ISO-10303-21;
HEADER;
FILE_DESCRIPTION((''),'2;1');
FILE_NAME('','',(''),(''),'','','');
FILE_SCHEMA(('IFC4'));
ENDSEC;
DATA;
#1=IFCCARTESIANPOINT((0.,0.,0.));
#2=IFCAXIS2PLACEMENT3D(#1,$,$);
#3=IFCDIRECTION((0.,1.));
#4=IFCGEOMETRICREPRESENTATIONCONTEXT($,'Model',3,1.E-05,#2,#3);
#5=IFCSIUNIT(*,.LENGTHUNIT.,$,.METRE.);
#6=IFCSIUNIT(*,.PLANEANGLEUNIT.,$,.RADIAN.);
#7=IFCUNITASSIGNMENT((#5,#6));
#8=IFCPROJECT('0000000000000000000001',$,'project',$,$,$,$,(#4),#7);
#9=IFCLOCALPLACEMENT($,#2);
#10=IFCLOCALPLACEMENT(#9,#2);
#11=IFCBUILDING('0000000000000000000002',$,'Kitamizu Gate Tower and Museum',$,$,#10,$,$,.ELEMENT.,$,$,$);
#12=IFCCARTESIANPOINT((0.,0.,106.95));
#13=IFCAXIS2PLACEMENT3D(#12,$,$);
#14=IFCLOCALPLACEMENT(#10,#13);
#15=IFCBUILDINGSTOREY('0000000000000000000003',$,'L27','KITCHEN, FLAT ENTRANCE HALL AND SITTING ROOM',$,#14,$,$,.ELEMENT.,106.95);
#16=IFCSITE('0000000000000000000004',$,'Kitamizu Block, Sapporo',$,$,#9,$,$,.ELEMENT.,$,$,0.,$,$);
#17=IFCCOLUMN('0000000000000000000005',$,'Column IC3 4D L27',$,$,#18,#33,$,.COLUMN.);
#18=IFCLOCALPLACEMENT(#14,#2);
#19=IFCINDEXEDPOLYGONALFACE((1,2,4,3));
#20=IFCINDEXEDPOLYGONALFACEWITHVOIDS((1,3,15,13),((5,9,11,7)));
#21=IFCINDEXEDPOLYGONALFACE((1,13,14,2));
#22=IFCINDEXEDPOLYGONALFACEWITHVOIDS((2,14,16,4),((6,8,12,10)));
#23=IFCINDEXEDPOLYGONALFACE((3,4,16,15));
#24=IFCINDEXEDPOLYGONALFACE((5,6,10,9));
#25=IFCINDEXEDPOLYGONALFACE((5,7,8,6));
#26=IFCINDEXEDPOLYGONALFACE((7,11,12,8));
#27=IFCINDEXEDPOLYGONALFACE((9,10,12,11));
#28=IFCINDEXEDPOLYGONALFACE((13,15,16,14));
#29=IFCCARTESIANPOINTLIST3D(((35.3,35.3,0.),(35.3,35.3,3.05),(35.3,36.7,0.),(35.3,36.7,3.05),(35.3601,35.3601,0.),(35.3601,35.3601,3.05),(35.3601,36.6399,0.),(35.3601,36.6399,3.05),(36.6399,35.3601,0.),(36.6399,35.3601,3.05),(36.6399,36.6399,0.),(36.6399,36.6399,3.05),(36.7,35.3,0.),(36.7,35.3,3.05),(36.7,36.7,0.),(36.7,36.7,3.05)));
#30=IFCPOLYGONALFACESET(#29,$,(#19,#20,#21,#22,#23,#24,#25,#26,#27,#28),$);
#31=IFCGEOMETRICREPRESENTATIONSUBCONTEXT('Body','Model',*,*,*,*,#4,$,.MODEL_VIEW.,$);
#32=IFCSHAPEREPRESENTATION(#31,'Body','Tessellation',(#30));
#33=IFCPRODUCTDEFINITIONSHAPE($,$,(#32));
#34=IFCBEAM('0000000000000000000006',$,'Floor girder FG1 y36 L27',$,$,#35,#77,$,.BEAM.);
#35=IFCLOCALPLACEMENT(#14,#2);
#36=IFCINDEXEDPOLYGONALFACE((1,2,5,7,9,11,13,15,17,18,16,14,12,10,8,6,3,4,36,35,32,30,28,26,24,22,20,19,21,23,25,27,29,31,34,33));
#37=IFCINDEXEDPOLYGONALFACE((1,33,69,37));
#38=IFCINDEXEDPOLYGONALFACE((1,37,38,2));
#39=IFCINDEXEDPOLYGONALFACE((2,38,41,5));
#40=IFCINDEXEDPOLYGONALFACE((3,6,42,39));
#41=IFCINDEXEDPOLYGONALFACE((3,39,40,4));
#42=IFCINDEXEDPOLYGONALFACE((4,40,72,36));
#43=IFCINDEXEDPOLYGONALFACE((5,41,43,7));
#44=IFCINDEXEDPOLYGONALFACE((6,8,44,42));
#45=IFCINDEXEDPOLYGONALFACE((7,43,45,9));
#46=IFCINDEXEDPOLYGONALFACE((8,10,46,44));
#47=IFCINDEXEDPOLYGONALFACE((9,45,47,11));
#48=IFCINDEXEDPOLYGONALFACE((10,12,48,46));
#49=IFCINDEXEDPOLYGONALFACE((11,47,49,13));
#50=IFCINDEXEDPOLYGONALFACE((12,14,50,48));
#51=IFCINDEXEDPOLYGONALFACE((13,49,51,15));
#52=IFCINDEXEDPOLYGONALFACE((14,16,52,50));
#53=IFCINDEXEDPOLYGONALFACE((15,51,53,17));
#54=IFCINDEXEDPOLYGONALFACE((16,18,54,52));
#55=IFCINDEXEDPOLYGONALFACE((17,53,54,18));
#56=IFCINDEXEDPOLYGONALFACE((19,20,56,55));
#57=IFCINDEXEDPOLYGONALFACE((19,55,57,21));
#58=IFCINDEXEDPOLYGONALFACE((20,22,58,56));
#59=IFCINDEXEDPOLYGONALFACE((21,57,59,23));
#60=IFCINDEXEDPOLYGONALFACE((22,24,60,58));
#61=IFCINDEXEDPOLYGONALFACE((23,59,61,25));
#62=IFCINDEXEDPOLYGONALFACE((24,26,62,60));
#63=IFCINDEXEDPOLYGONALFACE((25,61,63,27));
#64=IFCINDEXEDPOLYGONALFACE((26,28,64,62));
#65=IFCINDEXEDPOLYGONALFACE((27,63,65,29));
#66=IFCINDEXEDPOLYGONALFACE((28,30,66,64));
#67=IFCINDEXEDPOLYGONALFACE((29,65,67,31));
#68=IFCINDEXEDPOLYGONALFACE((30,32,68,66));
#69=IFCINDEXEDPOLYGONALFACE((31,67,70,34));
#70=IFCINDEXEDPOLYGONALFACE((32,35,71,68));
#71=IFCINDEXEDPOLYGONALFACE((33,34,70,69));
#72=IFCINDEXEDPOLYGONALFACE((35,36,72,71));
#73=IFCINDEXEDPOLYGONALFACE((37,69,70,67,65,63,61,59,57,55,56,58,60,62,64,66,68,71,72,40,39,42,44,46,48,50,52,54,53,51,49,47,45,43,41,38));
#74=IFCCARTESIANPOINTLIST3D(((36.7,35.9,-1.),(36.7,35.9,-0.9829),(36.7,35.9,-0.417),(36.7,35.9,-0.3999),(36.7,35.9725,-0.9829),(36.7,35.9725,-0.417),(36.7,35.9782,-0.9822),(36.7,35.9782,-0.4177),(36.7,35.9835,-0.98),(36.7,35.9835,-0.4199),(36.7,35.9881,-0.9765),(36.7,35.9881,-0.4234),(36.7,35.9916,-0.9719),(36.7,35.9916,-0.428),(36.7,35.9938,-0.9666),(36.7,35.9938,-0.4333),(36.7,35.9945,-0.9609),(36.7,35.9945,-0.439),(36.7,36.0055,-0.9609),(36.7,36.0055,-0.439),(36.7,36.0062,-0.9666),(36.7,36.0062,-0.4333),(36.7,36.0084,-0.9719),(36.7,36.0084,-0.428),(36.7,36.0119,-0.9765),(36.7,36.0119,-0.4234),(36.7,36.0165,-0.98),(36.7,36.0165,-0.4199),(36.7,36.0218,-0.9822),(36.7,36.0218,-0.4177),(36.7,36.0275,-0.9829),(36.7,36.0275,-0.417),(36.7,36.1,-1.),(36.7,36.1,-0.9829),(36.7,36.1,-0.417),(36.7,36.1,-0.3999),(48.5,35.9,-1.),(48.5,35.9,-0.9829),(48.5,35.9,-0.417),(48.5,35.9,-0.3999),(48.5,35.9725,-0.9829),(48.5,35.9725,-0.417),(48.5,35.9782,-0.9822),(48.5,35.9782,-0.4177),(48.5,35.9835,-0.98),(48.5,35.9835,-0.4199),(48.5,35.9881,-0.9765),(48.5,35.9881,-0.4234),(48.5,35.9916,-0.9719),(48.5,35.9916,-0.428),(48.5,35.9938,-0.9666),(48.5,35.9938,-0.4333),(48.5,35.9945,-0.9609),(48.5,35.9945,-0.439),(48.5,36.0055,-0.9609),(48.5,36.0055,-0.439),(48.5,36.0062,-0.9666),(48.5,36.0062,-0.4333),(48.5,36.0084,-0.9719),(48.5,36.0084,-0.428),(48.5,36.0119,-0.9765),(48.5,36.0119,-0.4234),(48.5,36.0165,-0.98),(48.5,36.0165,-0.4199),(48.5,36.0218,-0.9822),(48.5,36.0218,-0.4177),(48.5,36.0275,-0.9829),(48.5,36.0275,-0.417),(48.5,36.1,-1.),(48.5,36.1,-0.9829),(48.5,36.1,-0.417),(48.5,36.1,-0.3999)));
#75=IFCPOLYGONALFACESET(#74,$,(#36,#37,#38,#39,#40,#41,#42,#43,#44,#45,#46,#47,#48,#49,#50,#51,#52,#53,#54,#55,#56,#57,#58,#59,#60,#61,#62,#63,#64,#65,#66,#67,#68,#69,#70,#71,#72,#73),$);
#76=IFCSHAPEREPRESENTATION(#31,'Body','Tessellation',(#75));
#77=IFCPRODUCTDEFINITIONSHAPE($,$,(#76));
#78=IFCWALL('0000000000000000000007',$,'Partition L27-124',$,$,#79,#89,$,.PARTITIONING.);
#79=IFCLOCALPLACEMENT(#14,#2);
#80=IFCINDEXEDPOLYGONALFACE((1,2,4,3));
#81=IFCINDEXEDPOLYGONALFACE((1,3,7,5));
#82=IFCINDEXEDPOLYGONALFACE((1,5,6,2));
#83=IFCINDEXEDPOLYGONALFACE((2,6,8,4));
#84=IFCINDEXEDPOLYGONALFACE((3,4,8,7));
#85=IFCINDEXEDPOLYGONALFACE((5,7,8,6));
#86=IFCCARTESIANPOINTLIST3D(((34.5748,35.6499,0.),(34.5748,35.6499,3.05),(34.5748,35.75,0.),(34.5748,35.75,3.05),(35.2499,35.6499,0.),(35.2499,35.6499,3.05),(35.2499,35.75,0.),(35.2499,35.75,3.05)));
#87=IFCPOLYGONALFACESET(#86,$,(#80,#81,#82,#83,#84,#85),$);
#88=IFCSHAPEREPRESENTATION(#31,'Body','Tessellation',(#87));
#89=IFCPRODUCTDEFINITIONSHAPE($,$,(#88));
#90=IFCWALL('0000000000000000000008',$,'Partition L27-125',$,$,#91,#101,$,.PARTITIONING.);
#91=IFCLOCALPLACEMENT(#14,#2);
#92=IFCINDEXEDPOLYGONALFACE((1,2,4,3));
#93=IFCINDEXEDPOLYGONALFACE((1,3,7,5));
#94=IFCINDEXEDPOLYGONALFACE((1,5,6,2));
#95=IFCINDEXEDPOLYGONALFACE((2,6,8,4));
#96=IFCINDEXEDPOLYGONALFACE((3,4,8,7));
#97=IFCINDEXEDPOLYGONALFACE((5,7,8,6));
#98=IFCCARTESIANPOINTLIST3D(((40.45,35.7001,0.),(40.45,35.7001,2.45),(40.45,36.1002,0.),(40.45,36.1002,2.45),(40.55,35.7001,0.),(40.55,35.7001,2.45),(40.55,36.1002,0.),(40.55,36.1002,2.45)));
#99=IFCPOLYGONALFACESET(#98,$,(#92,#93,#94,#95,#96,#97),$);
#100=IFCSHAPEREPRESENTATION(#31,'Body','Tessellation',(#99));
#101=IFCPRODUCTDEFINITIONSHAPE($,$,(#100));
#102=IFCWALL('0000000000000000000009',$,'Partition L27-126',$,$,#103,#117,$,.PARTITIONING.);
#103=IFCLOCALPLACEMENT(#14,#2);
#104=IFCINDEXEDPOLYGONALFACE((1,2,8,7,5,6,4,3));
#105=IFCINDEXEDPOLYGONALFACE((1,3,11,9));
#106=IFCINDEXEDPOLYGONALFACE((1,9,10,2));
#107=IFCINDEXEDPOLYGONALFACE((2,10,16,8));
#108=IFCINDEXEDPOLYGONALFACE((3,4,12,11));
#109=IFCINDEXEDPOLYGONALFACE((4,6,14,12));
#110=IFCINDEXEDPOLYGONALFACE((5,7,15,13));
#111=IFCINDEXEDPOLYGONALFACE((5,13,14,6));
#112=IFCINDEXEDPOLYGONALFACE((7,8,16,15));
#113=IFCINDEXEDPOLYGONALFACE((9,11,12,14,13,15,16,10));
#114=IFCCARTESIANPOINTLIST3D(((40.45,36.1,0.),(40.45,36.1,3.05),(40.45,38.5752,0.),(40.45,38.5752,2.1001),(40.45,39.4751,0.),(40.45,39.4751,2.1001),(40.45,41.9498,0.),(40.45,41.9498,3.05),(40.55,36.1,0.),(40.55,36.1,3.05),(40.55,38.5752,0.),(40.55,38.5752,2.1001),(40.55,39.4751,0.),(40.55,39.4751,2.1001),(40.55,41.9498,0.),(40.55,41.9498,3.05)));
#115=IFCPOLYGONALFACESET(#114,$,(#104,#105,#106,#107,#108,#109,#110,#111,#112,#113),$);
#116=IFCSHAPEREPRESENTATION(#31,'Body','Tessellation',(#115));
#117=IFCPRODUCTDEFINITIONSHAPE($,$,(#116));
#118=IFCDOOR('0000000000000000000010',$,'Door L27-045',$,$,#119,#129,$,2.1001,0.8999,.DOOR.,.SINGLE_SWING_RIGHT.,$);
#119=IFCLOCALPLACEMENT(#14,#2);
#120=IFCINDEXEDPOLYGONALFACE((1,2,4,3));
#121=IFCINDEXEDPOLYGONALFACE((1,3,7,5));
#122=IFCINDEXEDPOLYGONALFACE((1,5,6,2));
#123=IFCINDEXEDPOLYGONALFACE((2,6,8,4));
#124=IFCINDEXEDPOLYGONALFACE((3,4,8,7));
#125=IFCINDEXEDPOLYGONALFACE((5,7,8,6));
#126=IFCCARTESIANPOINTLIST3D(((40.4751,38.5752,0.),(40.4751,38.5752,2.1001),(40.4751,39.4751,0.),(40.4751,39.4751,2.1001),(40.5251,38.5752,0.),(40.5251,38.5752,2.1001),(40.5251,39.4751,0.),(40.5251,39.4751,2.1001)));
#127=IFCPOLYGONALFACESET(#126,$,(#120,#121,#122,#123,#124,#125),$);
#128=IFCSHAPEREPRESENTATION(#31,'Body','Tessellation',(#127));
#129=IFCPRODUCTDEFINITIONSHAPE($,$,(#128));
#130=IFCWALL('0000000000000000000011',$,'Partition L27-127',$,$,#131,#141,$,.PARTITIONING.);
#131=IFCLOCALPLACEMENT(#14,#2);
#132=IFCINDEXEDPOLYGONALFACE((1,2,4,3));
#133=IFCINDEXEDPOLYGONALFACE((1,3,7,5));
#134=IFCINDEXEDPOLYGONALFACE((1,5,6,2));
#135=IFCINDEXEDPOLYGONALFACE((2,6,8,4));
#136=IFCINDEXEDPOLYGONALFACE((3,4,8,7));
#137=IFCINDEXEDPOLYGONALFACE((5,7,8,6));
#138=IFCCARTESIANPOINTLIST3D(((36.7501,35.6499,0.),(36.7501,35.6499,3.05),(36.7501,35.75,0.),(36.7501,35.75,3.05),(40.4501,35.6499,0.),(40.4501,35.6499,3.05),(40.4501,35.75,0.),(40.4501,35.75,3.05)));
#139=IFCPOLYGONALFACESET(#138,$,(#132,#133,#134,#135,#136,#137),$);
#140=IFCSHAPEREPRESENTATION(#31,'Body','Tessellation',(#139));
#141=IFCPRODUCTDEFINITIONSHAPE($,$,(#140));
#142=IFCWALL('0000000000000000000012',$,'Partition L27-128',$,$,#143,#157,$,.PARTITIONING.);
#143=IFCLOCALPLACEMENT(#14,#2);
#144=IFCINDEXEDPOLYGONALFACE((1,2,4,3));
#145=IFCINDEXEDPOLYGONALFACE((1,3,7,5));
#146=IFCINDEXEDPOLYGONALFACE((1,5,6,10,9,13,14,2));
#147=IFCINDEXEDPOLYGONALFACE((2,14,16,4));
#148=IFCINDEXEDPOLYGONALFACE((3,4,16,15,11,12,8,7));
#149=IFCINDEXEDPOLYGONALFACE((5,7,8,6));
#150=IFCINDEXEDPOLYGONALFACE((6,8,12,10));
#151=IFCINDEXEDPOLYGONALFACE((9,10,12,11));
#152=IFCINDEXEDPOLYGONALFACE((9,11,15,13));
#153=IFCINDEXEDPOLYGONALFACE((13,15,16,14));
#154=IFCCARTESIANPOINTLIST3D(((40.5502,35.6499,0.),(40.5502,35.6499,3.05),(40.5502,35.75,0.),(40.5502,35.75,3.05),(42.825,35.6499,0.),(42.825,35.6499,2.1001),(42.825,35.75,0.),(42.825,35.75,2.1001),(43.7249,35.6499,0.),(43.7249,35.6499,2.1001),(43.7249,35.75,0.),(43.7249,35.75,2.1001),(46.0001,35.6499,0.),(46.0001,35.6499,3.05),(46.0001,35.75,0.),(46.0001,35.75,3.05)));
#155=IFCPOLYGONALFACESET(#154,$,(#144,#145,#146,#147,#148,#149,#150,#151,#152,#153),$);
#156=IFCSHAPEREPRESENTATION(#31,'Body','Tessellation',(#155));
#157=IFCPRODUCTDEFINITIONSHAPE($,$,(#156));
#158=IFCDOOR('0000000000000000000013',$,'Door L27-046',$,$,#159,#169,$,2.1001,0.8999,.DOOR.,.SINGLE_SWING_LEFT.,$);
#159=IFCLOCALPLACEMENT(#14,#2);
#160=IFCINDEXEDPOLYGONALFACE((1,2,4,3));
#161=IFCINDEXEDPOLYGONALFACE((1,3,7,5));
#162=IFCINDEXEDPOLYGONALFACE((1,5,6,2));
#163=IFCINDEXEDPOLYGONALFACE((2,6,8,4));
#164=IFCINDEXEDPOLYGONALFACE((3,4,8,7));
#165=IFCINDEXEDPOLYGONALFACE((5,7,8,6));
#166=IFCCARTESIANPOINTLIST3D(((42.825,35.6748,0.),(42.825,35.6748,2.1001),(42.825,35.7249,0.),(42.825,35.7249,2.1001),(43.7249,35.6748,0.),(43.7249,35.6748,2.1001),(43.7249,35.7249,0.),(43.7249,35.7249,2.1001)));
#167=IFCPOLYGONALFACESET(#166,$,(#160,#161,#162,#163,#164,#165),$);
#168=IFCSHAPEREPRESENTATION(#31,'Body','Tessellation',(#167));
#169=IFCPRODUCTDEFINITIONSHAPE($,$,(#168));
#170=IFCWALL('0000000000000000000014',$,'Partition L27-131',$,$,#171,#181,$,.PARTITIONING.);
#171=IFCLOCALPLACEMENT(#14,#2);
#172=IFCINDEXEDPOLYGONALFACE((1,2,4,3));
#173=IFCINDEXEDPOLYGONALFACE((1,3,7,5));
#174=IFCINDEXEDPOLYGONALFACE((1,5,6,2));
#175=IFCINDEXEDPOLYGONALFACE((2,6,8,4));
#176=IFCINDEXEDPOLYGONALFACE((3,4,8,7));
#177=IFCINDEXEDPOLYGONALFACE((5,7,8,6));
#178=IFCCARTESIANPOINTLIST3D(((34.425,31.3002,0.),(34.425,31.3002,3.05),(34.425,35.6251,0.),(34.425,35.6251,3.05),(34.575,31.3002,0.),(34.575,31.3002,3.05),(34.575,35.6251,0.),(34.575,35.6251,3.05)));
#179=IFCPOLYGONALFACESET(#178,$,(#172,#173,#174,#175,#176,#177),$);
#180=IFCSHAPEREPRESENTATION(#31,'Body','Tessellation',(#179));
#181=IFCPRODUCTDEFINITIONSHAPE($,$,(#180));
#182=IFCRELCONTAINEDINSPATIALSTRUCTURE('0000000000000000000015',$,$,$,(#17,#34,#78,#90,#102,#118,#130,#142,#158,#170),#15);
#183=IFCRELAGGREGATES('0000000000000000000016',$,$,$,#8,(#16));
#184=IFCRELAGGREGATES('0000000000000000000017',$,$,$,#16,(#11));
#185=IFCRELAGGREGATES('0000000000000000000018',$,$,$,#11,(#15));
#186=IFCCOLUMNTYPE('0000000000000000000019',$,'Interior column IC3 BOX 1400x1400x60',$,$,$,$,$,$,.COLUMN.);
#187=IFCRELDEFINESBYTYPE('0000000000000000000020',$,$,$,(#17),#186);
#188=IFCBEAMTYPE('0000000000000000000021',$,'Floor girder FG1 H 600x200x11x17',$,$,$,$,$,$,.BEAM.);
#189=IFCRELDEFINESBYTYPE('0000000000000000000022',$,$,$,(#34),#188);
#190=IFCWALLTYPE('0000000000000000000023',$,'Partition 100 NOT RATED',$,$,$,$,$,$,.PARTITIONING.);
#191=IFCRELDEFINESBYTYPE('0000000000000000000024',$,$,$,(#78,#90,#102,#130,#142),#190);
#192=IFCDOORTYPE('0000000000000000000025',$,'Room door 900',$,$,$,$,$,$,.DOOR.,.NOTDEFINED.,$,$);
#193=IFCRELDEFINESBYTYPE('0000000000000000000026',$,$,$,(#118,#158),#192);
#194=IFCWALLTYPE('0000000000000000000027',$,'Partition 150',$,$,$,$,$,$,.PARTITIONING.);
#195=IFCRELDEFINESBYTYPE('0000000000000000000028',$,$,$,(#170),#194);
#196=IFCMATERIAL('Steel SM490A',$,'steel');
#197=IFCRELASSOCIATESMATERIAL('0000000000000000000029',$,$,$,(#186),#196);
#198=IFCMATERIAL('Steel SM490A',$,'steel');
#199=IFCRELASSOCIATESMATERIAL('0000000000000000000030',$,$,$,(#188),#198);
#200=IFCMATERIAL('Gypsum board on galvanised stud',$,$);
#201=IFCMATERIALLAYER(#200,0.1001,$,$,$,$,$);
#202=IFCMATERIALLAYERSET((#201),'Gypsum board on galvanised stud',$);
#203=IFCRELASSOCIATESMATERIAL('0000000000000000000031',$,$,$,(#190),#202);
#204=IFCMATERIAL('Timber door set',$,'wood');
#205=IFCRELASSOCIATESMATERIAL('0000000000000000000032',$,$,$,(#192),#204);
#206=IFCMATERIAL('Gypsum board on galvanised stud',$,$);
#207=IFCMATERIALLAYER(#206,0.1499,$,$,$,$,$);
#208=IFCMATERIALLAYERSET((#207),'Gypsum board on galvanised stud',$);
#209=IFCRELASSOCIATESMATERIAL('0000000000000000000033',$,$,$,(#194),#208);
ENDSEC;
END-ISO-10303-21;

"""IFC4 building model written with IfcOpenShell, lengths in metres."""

from ifc_helpers import new_model, si_unit, direction, frame, frame_2d, origin, origin_2d, place, context, subcontext, project, spatial, rectangle, hollow_rectangle, i_section, extrude, material, layer, layer_set, material_profile, profile_set, type_object, element, fill, save


model = new_model("IFC4")

# Units and contexts
model_context = context("Model", 3, precision=1e-05, world=origin(), true_north=direction((0.0, 1.0)))
body_context = subcontext(model_context, "Body", "Model", "MODEL_VIEW")
ifc_project = project(units=[si_unit("LENGTHUNIT", "METRE"), si_unit("PLANEANGLEUNIT", "RADIAN")], contexts=[model_context])

# Site, building, storey
site_placement = place(None, origin())
site = spatial("IfcSite", under=ifc_project, at=site_placement, Name="Kitamizu Block, Sapporo", CompositionType="ELEMENT", RefElevation=0.0)
building_placement = place(site_placement, origin())
building = spatial("IfcBuilding", under=site, at=building_placement, Name="Kitamizu Gate Tower and Museum", CompositionType="ELEMENT")
storey_placement = place(building_placement, frame((0.0, 0.0, 106.95)))
storey = spatial("IfcBuildingStorey", under=building, at=storey_placement, Name="L27", Description="KITCHEN, FLAT ENTRANCE HALL AND SITTING ROOM", CompositionType="ELEMENT", Elevation=106.95)

# Column
ifc_material_1 = material(Name="Steel SM490A", Category="steel")
ifc_material_profile_1 = material_profile(ifc_material_1, hollow_rectangle(XDim=1.3999, YDim=1.3999, WallThickness=0.0601, at=origin_2d()), Name="BOX 1400x1400x60")
ifc_profile_set_1 = profile_set([ifc_material_profile_1], Name="Steel SM490A")
column_type = type_object("IfcColumnType", Name="Interior column IC3 BOX 1400x1400x60", PredefinedType="COLUMN", material=ifc_profile_set_1)
column_placement = place(storey_placement, frame((36.0, 36.0, 0.0), z_axis=(0.0, 0.0, 1.0), x_axis=(1.0, 0.0, 0.0)))
element("IfcColumn", 1, at=column_placement, inside=storey, type_object=column_type, Name="Column IC3 4D L27", PredefinedType="COLUMN", context=body_context, shape_type="SweptSolid", body=[
    extrude(hollow_rectangle(XDim=1.3999, YDim=1.3999, WallThickness=0.0601, at=origin_2d()), origin(), (0.0, 0.0, 1.0), 3.05),
])

# Beam
ifc_material_2 = material(Name="Steel SM490A", Category="steel")
ifc_material_profile_2 = material_profile(ifc_material_2, i_section(OverallWidth=0.2, OverallDepth=0.6001, WebThickness=0.011, FlangeThickness=0.0171, FilletRadius=0.022, at=origin_2d()), Name="H-600x200x11x17")
ifc_profile_set_2 = profile_set([ifc_material_profile_2], Name="Steel SM490A")
beam_type = type_object("IfcBeamType", Name="Floor girder FG1 H 600x200x11x17", PredefinedType="BEAM", material=ifc_profile_set_2)
beam_placement = place(storey_placement, frame((36.7, 36.0, -0.7), z_axis=(1.0, 0.0, 0.0), x_axis=(0.0, 1.0, 0.0)))
element("IfcBeam", 2, at=beam_placement, inside=storey, type_object=beam_type, Name="Floor girder FG1 y36 L27", PredefinedType="BEAM", context=body_context, shape_type="SweptSolid", body=[
    extrude(i_section(OverallWidth=0.2, OverallDepth=0.6001, WebThickness=0.011, FlangeThickness=0.0171, FilletRadius=0.022, at=origin_2d()), origin(), (0.0, 0.0, 1.0), 11.8),
])

# Walls
ifc_material_3 = material(Name="Gypsum board on galvanised stud")
ifc_layer_1 = layer(ifc_material_3, 0.1001)
ifc_layer_set_1 = layer_set([ifc_layer_1], Name="Gypsum board on galvanised stud")
wall_type_1 = type_object("IfcWallType", Name="Partition 100 NOT RATED", PredefinedType="PARTITIONING", material=ifc_layer_set_1)
wall_1_placement = place(storey_placement, frame((34.575, 35.7, 0.0), z_axis=(0.0, 0.0, 1.0), x_axis=(1.0, 0.0, 0.0)))
element("IfcWall", 3, at=wall_1_placement, inside=storey, type_object=wall_type_1, Name="Partition L27-124", PredefinedType="PARTITIONING", context=body_context, shape_type="SweptSolid", body=[
    extrude(rectangle(XDim=0.675, YDim=0.1001, at=frame_2d((0.3374, 0.0))), origin(), (0.0, 0.0, 1.0), 3.05),
])
wall_2_placement = place(storey_placement, frame((40.5, 35.7, 0.0), z_axis=(0.0, 0.0, 1.0), x_axis=(0.0, 1.0, 0.0)))
element("IfcWall", 4, at=wall_2_placement, inside=storey, type_object=wall_type_1, Name="Partition L27-125", PredefinedType="PARTITIONING", context=body_context, shape_type="SweptSolid", body=[
    extrude(rectangle(XDim=0.4001, YDim=0.1001, at=frame_2d((0.2002, 0.0))), origin(), (0.0, 0.0, 1.0), 2.45),
])

# Wall, opening, door
wall_3_placement = place(storey_placement, frame((40.5, 36.1001, 0.0), z_axis=(0.0, 0.0, 1.0), x_axis=(0.0, 1.0, 0.0)))
wall_3 = element("IfcWall", 5, at=wall_3_placement, inside=storey, type_object=wall_type_1, Name="Partition L27-126", PredefinedType="PARTITIONING", context=body_context, shape_type="SweptSolid", body=[
    extrude(rectangle(XDim=5.8499, YDim=0.1001, at=frame_2d((2.9248, 0.0))), origin(), (0.0, 0.0, 1.0), 3.05),
])
opening_1_placement = place(wall_3_placement, frame((2.4751, 0.0, 0.0)))
opening_1 = element("IfcOpeningElement", 6, at=opening_1_placement, cuts=wall_3, PredefinedType="OPENING", context=body_context, shape_type="SweptSolid", body=[
    extrude(rectangle(XDim=0.8999, YDim=2.1001, at=frame_2d((0.45, 1.05))), frame((0.0, 0.0601, 0.0), z_axis=(0.0, -1.0, 0.0), x_axis=(1.0, 0.0, 0.0)), (0.0, 0.0, 1.0), 0.1201),
])
ifc_material_4 = material(Name="Timber door set", Category="wood")
door_type = type_object("IfcDoorType", Name="Room door 900", OperationType="NOTDEFINED", PredefinedType="DOOR", material=ifc_material_4)
door_1_placement = place(opening_1_placement, origin())
door_1 = element("IfcDoor", 7, at=door_1_placement, inside=storey, type_object=door_type, Name="Door L27-045", OperationType="SINGLE_SWING_RIGHT", OverallHeight=2.1001, OverallWidth=0.8999, PredefinedType="DOOR", context=body_context, shape_type="SweptSolid", body=[
    extrude(rectangle(XDim=0.8999, YDim=2.1001, at=frame_2d((0.45, 1.05))), frame((0.0, 0.0249, 0.0), z_axis=(0.0, -1.0, 0.0), x_axis=(1.0, 0.0, 0.0)), (0.0, 0.0, 1.0), 0.05),
])
fill(opening_1, door_1)

# Wall
wall_4_placement = place(storey_placement, frame((36.75, 35.7, 0.0), z_axis=(0.0, 0.0, 1.0), x_axis=(1.0, 0.0, 0.0)))
element("IfcWall", 8, at=wall_4_placement, inside=storey, type_object=wall_type_1, Name="Partition L27-127", PredefinedType="PARTITIONING", context=body_context, shape_type="SweptSolid", body=[
    extrude(rectangle(XDim=3.7, YDim=0.1001, at=frame_2d((1.8501, 0.0))), origin(), (0.0, 0.0, 1.0), 3.05),
])

# Wall, opening, door
wall_5_placement = place(storey_placement, frame((40.55, 35.7, 0.0), z_axis=(0.0, 0.0, 1.0), x_axis=(1.0, 0.0, 0.0)))
wall_5 = element("IfcWall", 9, at=wall_5_placement, inside=storey, type_object=wall_type_1, Name="Partition L27-128", PredefinedType="PARTITIONING", context=body_context, shape_type="SweptSolid", body=[
    extrude(rectangle(XDim=5.45, YDim=0.1001, at=frame_2d((2.7251, 0.0))), origin(), (0.0, 0.0, 1.0), 3.05),
])
opening_2_placement = place(wall_5_placement, frame((2.2749, 0.0, 0.0)))
opening_2 = element("IfcOpeningElement", 10, at=opening_2_placement, cuts=wall_5, PredefinedType="OPENING", context=body_context, shape_type="SweptSolid", body=[
    extrude(rectangle(XDim=0.8999, YDim=2.1001, at=frame_2d((0.45, 1.05))), frame((0.0, 0.0601, 0.0), z_axis=(0.0, -1.0, 0.0), x_axis=(1.0, 0.0, 0.0)), (0.0, 0.0, 1.0), 0.1201),
])
door_2_placement = place(opening_2_placement, origin())
door_2 = element("IfcDoor", 11, at=door_2_placement, inside=storey, type_object=door_type, Name="Door L27-046", OperationType="SINGLE_SWING_LEFT", OverallHeight=2.1001, OverallWidth=0.8999, PredefinedType="DOOR", context=body_context, shape_type="SweptSolid", body=[
    extrude(rectangle(XDim=0.8999, YDim=2.1001, at=frame_2d((0.45, 1.05))), frame((0.0, 0.0249, 0.0), z_axis=(0.0, -1.0, 0.0), x_axis=(1.0, 0.0, 0.0)), (0.0, 0.0, 1.0), 0.05),
])
fill(opening_2, door_2)

# Wall
ifc_material_5 = material(Name="Gypsum board on galvanised stud")
ifc_layer_2 = layer(ifc_material_5, 0.1499)
ifc_layer_set_2 = layer_set([ifc_layer_2], Name="Gypsum board on galvanised stud")
wall_type_2 = type_object("IfcWallType", Name="Partition 150", PredefinedType="PARTITIONING", material=ifc_layer_set_2)
wall_6_placement = place(storey_placement, frame((34.5, 31.3, 0.0), z_axis=(0.0, 0.0, 1.0), x_axis=(0.0, 1.0, 0.0)))
element("IfcWall", 12, at=wall_6_placement, inside=storey, type_object=wall_type_2, Name="Partition L27-131", PredefinedType="PARTITIONING", context=body_context, shape_type="SweptSolid", body=[
    extrude(rectangle(XDim=4.325, YDim=0.1499, at=frame_2d((2.1626, 0.0))), origin(), (0.0, 0.0, 1.0), 3.05),
])

save(model, "model.ifc")
